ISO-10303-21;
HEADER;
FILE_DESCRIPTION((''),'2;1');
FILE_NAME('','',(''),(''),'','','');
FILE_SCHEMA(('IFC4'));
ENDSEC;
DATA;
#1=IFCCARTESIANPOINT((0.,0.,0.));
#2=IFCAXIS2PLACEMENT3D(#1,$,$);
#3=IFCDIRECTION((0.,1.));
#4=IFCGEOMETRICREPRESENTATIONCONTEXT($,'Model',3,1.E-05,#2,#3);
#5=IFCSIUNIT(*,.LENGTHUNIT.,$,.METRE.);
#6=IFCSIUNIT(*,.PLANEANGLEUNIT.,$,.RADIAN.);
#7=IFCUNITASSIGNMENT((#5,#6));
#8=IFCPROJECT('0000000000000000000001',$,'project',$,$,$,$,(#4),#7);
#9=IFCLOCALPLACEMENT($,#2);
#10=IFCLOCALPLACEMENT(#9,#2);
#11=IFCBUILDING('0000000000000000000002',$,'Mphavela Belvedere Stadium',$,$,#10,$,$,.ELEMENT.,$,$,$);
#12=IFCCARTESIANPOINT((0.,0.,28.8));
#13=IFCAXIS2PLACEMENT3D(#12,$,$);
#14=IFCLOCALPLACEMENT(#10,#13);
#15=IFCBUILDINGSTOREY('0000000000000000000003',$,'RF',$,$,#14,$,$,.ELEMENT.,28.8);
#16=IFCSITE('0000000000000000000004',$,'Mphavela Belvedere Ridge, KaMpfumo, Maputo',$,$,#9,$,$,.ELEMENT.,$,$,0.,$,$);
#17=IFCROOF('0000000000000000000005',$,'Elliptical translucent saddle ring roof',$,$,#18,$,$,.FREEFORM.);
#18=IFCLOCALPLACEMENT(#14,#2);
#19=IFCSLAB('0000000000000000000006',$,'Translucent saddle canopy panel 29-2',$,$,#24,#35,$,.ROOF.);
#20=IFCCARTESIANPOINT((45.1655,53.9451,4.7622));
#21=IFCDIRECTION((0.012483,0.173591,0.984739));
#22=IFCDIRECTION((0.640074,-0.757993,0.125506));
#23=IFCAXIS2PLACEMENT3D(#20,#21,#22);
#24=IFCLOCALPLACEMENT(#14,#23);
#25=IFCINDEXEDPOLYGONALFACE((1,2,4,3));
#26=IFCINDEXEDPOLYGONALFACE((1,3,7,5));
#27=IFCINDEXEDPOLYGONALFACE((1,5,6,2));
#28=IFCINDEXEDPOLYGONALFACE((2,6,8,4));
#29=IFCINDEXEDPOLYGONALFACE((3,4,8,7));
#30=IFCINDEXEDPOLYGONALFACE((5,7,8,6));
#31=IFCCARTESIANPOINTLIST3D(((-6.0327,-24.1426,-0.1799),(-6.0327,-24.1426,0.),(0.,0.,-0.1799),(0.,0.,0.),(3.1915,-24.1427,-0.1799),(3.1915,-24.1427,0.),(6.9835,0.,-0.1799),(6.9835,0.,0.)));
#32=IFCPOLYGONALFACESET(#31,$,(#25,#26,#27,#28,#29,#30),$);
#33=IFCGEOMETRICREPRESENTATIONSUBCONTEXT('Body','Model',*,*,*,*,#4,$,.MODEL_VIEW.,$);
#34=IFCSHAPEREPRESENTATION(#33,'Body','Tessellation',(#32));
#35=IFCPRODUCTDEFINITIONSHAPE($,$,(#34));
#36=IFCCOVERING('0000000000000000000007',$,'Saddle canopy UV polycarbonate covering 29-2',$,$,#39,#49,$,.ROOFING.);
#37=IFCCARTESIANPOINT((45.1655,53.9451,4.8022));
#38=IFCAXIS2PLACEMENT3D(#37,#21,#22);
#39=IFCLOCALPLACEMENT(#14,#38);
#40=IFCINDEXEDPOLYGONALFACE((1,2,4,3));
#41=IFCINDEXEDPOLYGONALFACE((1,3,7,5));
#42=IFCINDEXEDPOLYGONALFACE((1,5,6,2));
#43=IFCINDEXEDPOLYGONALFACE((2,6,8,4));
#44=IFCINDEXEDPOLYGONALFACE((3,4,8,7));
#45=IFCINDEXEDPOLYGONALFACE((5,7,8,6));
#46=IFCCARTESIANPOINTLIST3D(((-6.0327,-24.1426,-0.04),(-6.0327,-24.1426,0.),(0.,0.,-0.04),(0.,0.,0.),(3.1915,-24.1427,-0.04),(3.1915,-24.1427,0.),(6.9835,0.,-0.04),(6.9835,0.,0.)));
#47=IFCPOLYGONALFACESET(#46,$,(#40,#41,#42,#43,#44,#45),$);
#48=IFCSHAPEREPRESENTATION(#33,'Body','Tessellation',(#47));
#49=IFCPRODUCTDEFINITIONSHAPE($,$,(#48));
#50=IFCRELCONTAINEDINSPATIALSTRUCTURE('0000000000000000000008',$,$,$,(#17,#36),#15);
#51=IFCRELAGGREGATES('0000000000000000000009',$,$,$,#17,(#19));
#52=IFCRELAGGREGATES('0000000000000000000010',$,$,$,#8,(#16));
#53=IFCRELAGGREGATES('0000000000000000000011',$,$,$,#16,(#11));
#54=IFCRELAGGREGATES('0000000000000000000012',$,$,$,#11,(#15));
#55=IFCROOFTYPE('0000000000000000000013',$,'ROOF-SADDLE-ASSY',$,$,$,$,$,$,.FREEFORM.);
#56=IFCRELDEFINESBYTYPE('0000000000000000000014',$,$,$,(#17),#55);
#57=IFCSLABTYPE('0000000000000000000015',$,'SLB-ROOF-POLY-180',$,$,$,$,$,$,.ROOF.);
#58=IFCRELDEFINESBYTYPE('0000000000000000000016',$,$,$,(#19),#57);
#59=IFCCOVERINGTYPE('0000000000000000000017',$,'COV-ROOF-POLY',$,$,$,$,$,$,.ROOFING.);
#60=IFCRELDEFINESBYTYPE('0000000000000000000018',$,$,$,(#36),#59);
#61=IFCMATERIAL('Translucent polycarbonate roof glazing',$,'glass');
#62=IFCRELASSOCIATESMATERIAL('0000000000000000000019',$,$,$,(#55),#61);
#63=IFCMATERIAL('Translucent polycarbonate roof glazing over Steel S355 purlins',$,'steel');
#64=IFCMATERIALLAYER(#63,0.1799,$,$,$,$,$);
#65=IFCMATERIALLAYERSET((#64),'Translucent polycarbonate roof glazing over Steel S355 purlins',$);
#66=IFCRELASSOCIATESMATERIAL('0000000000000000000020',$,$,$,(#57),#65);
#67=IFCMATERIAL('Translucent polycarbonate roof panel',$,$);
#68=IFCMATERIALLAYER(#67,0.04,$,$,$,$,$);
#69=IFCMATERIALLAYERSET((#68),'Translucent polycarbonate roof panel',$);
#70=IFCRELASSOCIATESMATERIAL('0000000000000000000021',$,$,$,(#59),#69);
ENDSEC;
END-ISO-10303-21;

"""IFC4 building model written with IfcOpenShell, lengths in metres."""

from ifc_helpers import new_model, si_unit, direction, frame, origin, place, context, subcontext, project, spatial, polyline, outline, extrude, material, layer, layer_set, type_object, element, aggregate, save


model = new_model("IFC4")

# Units and contexts
model_context = context("Model", 3, precision=1e-05, world=origin(), true_north=direction((0.0, 1.0)))
body_context = subcontext(model_context, "Body", "Model", "MODEL_VIEW")
ifc_project = project(units=[si_unit("LENGTHUNIT", "METRE"), si_unit("PLANEANGLEUNIT", "RADIAN")], contexts=[model_context])

# Site, building, storey
site_placement = place(None, origin())
site = spatial("IfcSite", under=ifc_project, at=site_placement, Name="Mphavela Belvedere Ridge, KaMpfumo, Maputo", CompositionType="ELEMENT", RefElevation=0.0)
building_placement = place(site_placement, origin())
building = spatial("IfcBuilding", under=site, at=building_placement, Name="Mphavela Belvedere Stadium", CompositionType="ELEMENT")
storey_placement = place(building_placement, frame((0.0, 0.0, 28.8)))
storey = spatial("IfcBuildingStorey", under=building, at=storey_placement, Name="RF", CompositionType="ELEMENT", Elevation=28.8)

# Roof, slab
ifc_material_1 = material(Name="Translucent polycarbonate roof glazing", Category="glass")
roof_type = type_object("IfcRoofType", Name="ROOF-SADDLE-ASSY", PredefinedType="FREEFORM", material=ifc_material_1)
roof_placement = place(storey_placement, origin())
roof = element("IfcRoof", 1, at=roof_placement, inside=storey, type_object=roof_type, Name="Elliptical translucent saddle ring roof", PredefinedType="FREEFORM")
ifc_material_2 = material(Name="Translucent polycarbonate roof glazing over Steel S355 purlins", Category="steel")
ifc_layer_1 = layer(ifc_material_2, 0.1799)
ifc_layer_set_1 = layer_set([ifc_layer_1], Name="Translucent polycarbonate roof glazing over Steel S355 purlins")
slab_type = type_object("IfcSlabType", Name="SLB-ROOF-POLY-180", PredefinedType="ROOF", material=ifc_layer_set_1)
slab_1_placement = place(storey_placement, frame((45.1655, 53.9451, 4.7622), z_axis=(0.012483, 0.173591, 0.984739), x_axis=(0.640074, -0.757993, 0.125506)))
slab_1 = element("IfcSlab", 2, at=slab_1_placement, type_object=slab_type, Name="Translucent saddle canopy panel 29-2", PredefinedType="ROOF", context=body_context, shape_type="SweptSolid", body=[
    extrude(outline(polyline([(0.0, 0.0), (6.9835, 0.0), (3.1915, -24.1427), (-6.0327, -24.1426), (0.0, 0.0)])), origin(), (0.0, 0.0, -1.0), 0.1799),
])
aggregate(roof, [slab_1])

# Covering
ifc_material_3 = material(Name="Translucent polycarbonate roof panel")
ifc_layer_2 = layer(ifc_material_3, 0.04)
ifc_layer_set_2 = layer_set([ifc_layer_2], Name="Translucent polycarbonate roof panel")
covering_type = type_object("IfcCoveringType", Name="COV-ROOF-POLY", PredefinedType="ROOFING", material=ifc_layer_set_2)
covering_1_placement = place(storey_placement, frame((45.1655, 53.9451, 4.8022), z_axis=(0.012483, 0.173591, 0.984739), x_axis=(0.640074, -0.757993, 0.125506)))
element("IfcCovering", 3, at=covering_1_placement, inside=storey, type_object=covering_type, Name="Saddle canopy UV polycarbonate covering 29-2", PredefinedType="ROOFING", context=body_context, shape_type="SweptSolid", body=[
    extrude(outline(polyline([(0.0, 0.0), (6.9835, 0.0), (3.1915, -24.1427), (-6.0327, -24.1426), (0.0, 0.0)])), origin(), (0.0, 0.0, -1.0), 0.04),
])

save(model, "model.ifc")
